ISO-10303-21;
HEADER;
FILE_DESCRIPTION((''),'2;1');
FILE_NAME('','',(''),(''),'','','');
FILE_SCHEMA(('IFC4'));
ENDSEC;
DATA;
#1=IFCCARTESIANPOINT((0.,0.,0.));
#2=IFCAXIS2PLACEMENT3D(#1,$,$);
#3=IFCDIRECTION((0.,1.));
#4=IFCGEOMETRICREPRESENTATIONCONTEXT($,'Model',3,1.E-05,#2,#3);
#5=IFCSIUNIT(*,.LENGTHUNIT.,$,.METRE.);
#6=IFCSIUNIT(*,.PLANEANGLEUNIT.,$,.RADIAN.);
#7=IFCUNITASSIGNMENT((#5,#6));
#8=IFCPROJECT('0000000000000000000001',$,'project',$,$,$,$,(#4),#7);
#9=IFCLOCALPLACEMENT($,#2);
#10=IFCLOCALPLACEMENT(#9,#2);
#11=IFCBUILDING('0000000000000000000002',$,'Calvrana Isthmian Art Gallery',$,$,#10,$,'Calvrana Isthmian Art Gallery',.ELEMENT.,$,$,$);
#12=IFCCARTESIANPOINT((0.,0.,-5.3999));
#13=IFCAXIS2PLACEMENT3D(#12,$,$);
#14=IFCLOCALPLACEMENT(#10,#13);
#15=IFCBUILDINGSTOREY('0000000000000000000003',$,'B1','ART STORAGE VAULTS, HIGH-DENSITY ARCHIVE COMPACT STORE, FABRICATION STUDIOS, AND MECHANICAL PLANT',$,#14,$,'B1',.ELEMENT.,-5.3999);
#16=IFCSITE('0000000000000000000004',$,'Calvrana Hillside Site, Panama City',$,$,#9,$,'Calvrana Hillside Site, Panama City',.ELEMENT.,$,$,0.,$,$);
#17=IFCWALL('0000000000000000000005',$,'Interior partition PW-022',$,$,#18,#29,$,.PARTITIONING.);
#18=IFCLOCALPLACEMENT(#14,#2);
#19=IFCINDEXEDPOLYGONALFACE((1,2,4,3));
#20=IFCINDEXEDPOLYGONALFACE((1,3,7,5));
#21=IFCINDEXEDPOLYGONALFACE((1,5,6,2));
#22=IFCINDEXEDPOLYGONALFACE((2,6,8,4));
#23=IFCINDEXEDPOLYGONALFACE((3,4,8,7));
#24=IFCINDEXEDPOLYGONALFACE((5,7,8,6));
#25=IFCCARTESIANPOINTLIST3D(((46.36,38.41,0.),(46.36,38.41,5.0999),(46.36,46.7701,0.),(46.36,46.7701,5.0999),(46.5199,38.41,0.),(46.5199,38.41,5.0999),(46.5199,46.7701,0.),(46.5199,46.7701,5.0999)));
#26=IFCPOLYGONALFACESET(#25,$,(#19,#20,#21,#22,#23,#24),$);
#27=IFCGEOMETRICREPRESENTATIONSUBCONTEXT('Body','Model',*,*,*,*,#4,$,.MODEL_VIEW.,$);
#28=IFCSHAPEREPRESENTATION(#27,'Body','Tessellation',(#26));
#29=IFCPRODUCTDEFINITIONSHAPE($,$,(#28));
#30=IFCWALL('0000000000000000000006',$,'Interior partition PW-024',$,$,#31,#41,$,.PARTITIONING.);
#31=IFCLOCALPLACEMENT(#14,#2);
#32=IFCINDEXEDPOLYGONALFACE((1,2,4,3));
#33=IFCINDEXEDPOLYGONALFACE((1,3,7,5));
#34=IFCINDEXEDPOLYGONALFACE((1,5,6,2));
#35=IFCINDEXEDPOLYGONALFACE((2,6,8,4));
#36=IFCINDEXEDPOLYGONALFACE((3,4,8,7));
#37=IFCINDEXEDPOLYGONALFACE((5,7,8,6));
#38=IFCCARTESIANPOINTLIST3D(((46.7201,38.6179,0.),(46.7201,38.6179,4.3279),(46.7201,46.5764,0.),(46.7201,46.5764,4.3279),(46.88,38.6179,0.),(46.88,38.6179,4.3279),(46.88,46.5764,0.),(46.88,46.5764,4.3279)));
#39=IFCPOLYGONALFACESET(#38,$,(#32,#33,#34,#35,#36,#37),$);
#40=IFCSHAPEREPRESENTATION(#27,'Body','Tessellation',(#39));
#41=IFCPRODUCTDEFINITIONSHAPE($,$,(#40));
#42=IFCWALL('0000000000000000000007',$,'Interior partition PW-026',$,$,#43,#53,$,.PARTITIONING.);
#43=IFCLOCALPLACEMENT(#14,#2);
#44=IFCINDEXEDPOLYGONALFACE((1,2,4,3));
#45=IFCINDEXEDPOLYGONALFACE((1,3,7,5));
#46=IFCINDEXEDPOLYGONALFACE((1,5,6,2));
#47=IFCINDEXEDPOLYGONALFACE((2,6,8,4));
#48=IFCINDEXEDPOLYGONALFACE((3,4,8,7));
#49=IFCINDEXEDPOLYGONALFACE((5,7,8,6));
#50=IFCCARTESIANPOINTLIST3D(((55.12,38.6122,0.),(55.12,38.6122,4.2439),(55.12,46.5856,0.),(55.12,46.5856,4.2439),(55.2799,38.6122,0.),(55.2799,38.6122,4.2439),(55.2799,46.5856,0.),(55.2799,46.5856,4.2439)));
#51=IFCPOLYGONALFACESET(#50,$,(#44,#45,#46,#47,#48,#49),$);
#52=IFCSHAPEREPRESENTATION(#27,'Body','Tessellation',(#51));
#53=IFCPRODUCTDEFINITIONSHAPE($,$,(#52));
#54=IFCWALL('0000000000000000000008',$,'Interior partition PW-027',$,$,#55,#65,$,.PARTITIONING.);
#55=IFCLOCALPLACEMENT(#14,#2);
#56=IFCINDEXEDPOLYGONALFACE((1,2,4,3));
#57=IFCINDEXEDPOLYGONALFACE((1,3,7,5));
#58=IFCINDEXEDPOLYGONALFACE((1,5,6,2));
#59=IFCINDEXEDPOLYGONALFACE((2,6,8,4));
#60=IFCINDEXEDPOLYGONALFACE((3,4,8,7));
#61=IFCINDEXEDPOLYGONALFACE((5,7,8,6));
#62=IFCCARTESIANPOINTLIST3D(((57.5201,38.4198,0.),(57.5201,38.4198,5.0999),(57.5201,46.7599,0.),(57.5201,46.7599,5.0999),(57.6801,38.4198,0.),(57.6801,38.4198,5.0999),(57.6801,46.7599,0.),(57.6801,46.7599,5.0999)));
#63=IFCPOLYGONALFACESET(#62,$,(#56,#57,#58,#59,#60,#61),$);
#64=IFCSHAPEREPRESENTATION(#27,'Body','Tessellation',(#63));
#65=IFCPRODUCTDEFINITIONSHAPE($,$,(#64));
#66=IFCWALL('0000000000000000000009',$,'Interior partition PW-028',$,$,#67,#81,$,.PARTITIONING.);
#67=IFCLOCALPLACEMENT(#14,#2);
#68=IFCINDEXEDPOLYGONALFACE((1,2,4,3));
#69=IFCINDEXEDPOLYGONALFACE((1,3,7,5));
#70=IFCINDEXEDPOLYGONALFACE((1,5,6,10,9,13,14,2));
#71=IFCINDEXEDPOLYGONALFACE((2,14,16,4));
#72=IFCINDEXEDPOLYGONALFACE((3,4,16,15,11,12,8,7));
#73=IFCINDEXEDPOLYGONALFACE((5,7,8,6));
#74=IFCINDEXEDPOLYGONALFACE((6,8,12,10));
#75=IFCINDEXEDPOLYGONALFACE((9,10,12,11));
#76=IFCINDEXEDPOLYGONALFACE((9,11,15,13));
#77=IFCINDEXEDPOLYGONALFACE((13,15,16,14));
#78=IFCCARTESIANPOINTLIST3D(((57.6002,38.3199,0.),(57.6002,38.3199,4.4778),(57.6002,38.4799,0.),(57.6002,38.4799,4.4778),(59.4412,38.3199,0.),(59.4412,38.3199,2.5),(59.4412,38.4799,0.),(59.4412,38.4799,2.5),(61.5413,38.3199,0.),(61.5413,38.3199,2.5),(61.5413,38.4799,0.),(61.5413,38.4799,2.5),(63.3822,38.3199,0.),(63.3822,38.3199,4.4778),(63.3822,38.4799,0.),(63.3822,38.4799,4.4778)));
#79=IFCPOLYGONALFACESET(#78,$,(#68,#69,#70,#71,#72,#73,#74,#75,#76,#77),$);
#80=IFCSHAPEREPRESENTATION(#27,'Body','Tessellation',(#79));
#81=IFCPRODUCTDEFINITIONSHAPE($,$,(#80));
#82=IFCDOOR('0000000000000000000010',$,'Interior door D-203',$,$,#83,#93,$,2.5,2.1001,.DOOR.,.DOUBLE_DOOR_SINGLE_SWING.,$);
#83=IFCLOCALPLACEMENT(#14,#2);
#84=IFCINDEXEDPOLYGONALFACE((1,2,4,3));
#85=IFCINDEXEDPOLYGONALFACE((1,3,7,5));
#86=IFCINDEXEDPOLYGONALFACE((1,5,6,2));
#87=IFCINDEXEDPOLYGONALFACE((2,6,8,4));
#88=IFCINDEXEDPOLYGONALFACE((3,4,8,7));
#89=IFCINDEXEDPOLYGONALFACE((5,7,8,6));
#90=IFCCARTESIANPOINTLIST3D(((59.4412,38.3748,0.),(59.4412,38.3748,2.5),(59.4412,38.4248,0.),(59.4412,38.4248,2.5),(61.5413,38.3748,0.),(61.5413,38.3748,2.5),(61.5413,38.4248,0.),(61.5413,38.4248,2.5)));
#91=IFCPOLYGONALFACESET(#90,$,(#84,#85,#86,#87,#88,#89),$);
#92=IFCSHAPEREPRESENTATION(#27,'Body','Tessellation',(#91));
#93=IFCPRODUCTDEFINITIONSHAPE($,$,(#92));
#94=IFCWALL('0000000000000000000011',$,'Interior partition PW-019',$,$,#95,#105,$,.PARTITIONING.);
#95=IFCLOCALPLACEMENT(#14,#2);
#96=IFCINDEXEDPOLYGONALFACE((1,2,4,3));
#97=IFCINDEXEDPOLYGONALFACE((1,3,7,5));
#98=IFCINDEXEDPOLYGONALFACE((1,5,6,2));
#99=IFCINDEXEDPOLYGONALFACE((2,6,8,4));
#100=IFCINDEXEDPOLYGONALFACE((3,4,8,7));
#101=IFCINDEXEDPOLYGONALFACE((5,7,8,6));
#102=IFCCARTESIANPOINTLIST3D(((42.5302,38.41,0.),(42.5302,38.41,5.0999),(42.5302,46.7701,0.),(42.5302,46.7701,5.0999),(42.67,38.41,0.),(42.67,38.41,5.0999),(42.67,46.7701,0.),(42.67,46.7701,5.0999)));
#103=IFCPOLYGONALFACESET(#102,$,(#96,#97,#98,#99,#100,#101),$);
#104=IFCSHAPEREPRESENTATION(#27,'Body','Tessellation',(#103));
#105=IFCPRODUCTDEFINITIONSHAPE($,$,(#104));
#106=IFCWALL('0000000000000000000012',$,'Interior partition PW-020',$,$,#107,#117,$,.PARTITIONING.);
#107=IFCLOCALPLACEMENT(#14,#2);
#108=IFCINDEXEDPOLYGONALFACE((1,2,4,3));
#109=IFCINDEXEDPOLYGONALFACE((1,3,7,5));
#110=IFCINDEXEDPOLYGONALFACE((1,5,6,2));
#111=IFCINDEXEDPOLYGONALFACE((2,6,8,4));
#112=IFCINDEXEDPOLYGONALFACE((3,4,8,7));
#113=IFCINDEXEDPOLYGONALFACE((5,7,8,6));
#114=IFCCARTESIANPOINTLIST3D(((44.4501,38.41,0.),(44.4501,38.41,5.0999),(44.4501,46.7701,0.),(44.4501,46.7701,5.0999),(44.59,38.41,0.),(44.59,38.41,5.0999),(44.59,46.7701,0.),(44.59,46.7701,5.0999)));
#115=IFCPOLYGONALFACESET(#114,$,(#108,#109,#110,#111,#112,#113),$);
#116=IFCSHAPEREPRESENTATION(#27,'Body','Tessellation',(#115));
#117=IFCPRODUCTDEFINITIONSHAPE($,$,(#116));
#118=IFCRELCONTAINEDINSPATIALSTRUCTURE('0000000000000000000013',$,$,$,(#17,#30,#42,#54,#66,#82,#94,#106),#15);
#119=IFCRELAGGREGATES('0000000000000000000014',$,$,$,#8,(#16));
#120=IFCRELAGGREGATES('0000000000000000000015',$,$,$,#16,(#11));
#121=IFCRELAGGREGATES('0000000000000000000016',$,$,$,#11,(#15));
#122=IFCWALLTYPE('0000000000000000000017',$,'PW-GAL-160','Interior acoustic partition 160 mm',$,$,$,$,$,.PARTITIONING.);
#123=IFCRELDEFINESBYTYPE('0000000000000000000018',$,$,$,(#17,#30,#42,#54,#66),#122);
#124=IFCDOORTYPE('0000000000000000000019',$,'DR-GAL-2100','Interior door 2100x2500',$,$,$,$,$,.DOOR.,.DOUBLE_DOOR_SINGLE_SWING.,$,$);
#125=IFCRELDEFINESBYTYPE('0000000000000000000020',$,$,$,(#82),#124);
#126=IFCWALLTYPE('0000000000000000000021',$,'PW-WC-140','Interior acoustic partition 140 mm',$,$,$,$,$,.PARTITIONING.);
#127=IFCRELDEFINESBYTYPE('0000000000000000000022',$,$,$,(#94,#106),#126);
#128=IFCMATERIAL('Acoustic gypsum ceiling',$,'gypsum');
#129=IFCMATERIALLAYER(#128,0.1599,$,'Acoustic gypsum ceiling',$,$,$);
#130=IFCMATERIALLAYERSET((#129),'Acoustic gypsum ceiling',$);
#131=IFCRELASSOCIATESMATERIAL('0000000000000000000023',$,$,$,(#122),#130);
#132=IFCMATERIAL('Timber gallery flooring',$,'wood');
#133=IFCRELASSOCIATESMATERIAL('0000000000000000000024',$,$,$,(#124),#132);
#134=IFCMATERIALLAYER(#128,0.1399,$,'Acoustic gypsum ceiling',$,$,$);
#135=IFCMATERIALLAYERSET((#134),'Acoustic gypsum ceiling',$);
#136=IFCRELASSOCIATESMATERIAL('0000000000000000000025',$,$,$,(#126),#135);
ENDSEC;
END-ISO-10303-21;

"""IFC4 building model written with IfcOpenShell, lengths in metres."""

from ifc_helpers import new_model, si_unit, direction, frame, frame_2d, origin, place, context, subcontext, project, spatial, rectangle, extrude, material, layer, layer_set, type_object, element, fill, save


model = new_model("IFC4")

# Units and contexts
model_context = context("Model", 3, precision=1e-05, world=origin(), true_north=direction((0.0, 1.0)))
body_context = subcontext(model_context, "Body", "Model", "MODEL_VIEW")
ifc_project = project(units=[si_unit("LENGTHUNIT", "METRE"), si_unit("PLANEANGLEUNIT", "RADIAN")], contexts=[model_context])

# Site, building, storey
site_placement = place(None, origin())
site = spatial("IfcSite", under=ifc_project, at=site_placement, Name="Calvrana Hillside Site, Panama City", LongName="Calvrana Hillside Site, Panama City", CompositionType="ELEMENT", RefElevation=0.0)
building_placement = place(site_placement, origin())
building = spatial("IfcBuilding", under=site, at=building_placement, Name="Calvrana Isthmian Art Gallery", LongName="Calvrana Isthmian Art Gallery", CompositionType="ELEMENT")
storey_placement = place(building_placement, frame((0.0, 0.0, -5.3999)))
storey = spatial("IfcBuildingStorey", under=building, at=storey_placement, Name="B1", Description="ART STORAGE VAULTS, HIGH-DENSITY ARCHIVE COMPACT STORE, FABRICATION STUDIOS, AND MECHANICAL PLANT", LongName="B1", CompositionType="ELEMENT", Elevation=-5.3999)

# Shared definitions
ifc_material_1 = material(Name="Acoustic gypsum ceiling", Category="gypsum")
ifc_layer_1 = layer(ifc_material_1, 0.1599, Name="Acoustic gypsum ceiling")
ifc_layer_set_1 = layer_set([ifc_layer_1], Name="Acoustic gypsum ceiling")
wall_type_1 = type_object("IfcWallType", Name="PW-GAL-160", Description="Interior acoustic partition 160 mm", PredefinedType="PARTITIONING", material=ifc_layer_set_1)
ifc_material_2 = material(Name="Timber gallery flooring", Category="wood")

# Walls
wall_1_placement = place(storey_placement, frame((46.4399, 38.4099, 0.0), z_axis=(0.0, 0.0, 1.0), x_axis=(0.0, 1.0, 0.0)))
element("IfcWall", 1, at=wall_1_placement, inside=storey, type_object=wall_type_1, Name="Interior partition PW-022", PredefinedType="PARTITIONING", context=body_context, shape_type="SweptSolid", body=[
    extrude(rectangle(XDim=8.3601, YDim=0.1599, at=frame_2d((4.1802, 0.0))), origin(), (0.0, 0.0, 1.0), 5.0999),
])
wall_2_placement = place(storey_placement, frame((46.8, 38.6179, 0.0), z_axis=(0.0, 0.0, 1.0), x_axis=(0.0, 1.0, 0.0)))
element("IfcWall", 2, at=wall_2_placement, inside=storey, type_object=wall_type_1, Name="Interior partition PW-024", PredefinedType="PARTITIONING", context=body_context, shape_type="SweptSolid", body=[
    extrude(rectangle(XDim=7.9585, YDim=0.1599, at=frame_2d((3.9792, 0.0))), origin(), (0.0, 0.0, 1.0), 4.3279),
])
wall_3_placement = place(storey_placement, frame((55.2, 38.6121, 0.0), z_axis=(0.0, 0.0, 1.0), x_axis=(0.0, 1.0, 0.0)))
element("IfcWall", 3, at=wall_3_placement, inside=storey, type_object=wall_type_1, Name="Interior partition PW-026", PredefinedType="PARTITIONING", context=body_context, shape_type="SweptSolid", body=[
    extrude(rectangle(XDim=7.9734, YDim=0.1599, at=frame_2d((3.9868, 0.0))), origin(), (0.0, 0.0, 1.0), 4.2439),
])
wall_4_placement = place(storey_placement, frame((57.6001, 38.4199, 0.0), z_axis=(0.0, 0.0, 1.0), x_axis=(0.0, 1.0, 0.0)))
element("IfcWall", 4, at=wall_4_placement, inside=storey, type_object=wall_type_1, Name="Interior partition PW-027", PredefinedType="PARTITIONING", context=body_context, shape_type="SweptSolid", body=[
    extrude(rectangle(XDim=8.3401, YDim=0.1599, at=frame_2d((4.1699, 0.0))), origin(), (0.0, 0.0, 1.0), 5.0999),
])

# Wall, opening, door
wall_5_placement = place(storey_placement, frame((57.6001, 38.3999, 0.0), z_axis=(0.0, 0.0, 1.0), x_axis=(1.0, 0.0, 0.0)))
wall_5 = element("IfcWall", 5, at=wall_5_placement, inside=storey, type_object=wall_type_1, Name="Interior partition PW-028", PredefinedType="PARTITIONING", context=body_context, shape_type="SweptSolid", body=[
    extrude(rectangle(XDim=5.782, YDim=0.1599, at=frame_2d((2.8911, 0.0))), origin(), (0.0, 0.0, 1.0), 4.4778),
])
opening_1_placement = place(wall_5_placement, frame((1.8411, 0.0, 0.0)))
opening_1 = element("IfcOpeningElement", 6, at=opening_1_placement, cuts=wall_5, PredefinedType="OPENING", context=body_context, shape_type="SweptSolid", body=[
    extrude(rectangle(XDim=2.1001, YDim=2.5, at=frame_2d((1.05, 1.25))), frame((0.0, 0.0903, 0.0), z_axis=(0.0, -1.0, 0.0), x_axis=(1.0, 0.0, 0.0)), (0.0, 0.0, 1.0), 0.1804),
])
door_type_1 = type_object("IfcDoorType", Name="DR-GAL-2100", Description="Interior door 2100x2500", OperationType="DOUBLE_DOOR_SINGLE_SWING", PredefinedType="DOOR", material=ifc_material_2)
door_1_placement = place(opening_1_placement, origin())
door_1 = element("IfcDoor", 7, at=door_1_placement, inside=storey, type_object=door_type_1, Name="Interior door D-203", OperationType="DOUBLE_DOOR_SINGLE_SWING", OverallHeight=2.5, OverallWidth=2.1001, PredefinedType="DOOR", context=body_context, shape_type="SweptSolid", body=[
    extrude(rectangle(XDim=2.1001, YDim=2.5, at=frame_2d((1.05, 1.25))), frame((0.0, 0.0249, 0.0), z_axis=(0.0, -1.0, 0.0), x_axis=(1.0, 0.0, 0.0)), (0.0, 0.0, 1.0), 0.05),
])
fill(opening_1, door_1)

# Walls
ifc_layer_2 = layer(ifc_material_1, 0.1399, Name="Acoustic gypsum ceiling")
ifc_layer_set_2 = layer_set([ifc_layer_2], Name="Acoustic gypsum ceiling")
wall_type_2 = type_object("IfcWallType", Name="PW-WC-140", Description="Interior acoustic partition 140 mm", PredefinedType="PARTITIONING", material=ifc_layer_set_2)
for number, where, z_axis, x_axis, name in (
    (8, (42.6001, 38.4099, 0.0), (0.0, 0.0, 1.0), (0.0, 1.0, 0.0), "Interior partition PW-019"),
    (9, (44.52, 38.4099, 0.0), (0.0, 0.0, 1.0), (0.0, 1.0, 0.0), "Interior partition PW-020"),
):
    element("IfcWall", number, at=place(storey_placement, frame(where, z_axis=z_axis, x_axis=x_axis)), inside=storey, type_object=wall_type_2, Name=name, PredefinedType="PARTITIONING", context=body_context, shape_type="SweptSolid", body=[
        extrude(rectangle(XDim=8.3601, YDim=0.1399, at=frame_2d((4.1802, 0.0))), origin(), (0.0, 0.0, 1.0), 5.0999),
    ])

save(model, "model.ifc")
